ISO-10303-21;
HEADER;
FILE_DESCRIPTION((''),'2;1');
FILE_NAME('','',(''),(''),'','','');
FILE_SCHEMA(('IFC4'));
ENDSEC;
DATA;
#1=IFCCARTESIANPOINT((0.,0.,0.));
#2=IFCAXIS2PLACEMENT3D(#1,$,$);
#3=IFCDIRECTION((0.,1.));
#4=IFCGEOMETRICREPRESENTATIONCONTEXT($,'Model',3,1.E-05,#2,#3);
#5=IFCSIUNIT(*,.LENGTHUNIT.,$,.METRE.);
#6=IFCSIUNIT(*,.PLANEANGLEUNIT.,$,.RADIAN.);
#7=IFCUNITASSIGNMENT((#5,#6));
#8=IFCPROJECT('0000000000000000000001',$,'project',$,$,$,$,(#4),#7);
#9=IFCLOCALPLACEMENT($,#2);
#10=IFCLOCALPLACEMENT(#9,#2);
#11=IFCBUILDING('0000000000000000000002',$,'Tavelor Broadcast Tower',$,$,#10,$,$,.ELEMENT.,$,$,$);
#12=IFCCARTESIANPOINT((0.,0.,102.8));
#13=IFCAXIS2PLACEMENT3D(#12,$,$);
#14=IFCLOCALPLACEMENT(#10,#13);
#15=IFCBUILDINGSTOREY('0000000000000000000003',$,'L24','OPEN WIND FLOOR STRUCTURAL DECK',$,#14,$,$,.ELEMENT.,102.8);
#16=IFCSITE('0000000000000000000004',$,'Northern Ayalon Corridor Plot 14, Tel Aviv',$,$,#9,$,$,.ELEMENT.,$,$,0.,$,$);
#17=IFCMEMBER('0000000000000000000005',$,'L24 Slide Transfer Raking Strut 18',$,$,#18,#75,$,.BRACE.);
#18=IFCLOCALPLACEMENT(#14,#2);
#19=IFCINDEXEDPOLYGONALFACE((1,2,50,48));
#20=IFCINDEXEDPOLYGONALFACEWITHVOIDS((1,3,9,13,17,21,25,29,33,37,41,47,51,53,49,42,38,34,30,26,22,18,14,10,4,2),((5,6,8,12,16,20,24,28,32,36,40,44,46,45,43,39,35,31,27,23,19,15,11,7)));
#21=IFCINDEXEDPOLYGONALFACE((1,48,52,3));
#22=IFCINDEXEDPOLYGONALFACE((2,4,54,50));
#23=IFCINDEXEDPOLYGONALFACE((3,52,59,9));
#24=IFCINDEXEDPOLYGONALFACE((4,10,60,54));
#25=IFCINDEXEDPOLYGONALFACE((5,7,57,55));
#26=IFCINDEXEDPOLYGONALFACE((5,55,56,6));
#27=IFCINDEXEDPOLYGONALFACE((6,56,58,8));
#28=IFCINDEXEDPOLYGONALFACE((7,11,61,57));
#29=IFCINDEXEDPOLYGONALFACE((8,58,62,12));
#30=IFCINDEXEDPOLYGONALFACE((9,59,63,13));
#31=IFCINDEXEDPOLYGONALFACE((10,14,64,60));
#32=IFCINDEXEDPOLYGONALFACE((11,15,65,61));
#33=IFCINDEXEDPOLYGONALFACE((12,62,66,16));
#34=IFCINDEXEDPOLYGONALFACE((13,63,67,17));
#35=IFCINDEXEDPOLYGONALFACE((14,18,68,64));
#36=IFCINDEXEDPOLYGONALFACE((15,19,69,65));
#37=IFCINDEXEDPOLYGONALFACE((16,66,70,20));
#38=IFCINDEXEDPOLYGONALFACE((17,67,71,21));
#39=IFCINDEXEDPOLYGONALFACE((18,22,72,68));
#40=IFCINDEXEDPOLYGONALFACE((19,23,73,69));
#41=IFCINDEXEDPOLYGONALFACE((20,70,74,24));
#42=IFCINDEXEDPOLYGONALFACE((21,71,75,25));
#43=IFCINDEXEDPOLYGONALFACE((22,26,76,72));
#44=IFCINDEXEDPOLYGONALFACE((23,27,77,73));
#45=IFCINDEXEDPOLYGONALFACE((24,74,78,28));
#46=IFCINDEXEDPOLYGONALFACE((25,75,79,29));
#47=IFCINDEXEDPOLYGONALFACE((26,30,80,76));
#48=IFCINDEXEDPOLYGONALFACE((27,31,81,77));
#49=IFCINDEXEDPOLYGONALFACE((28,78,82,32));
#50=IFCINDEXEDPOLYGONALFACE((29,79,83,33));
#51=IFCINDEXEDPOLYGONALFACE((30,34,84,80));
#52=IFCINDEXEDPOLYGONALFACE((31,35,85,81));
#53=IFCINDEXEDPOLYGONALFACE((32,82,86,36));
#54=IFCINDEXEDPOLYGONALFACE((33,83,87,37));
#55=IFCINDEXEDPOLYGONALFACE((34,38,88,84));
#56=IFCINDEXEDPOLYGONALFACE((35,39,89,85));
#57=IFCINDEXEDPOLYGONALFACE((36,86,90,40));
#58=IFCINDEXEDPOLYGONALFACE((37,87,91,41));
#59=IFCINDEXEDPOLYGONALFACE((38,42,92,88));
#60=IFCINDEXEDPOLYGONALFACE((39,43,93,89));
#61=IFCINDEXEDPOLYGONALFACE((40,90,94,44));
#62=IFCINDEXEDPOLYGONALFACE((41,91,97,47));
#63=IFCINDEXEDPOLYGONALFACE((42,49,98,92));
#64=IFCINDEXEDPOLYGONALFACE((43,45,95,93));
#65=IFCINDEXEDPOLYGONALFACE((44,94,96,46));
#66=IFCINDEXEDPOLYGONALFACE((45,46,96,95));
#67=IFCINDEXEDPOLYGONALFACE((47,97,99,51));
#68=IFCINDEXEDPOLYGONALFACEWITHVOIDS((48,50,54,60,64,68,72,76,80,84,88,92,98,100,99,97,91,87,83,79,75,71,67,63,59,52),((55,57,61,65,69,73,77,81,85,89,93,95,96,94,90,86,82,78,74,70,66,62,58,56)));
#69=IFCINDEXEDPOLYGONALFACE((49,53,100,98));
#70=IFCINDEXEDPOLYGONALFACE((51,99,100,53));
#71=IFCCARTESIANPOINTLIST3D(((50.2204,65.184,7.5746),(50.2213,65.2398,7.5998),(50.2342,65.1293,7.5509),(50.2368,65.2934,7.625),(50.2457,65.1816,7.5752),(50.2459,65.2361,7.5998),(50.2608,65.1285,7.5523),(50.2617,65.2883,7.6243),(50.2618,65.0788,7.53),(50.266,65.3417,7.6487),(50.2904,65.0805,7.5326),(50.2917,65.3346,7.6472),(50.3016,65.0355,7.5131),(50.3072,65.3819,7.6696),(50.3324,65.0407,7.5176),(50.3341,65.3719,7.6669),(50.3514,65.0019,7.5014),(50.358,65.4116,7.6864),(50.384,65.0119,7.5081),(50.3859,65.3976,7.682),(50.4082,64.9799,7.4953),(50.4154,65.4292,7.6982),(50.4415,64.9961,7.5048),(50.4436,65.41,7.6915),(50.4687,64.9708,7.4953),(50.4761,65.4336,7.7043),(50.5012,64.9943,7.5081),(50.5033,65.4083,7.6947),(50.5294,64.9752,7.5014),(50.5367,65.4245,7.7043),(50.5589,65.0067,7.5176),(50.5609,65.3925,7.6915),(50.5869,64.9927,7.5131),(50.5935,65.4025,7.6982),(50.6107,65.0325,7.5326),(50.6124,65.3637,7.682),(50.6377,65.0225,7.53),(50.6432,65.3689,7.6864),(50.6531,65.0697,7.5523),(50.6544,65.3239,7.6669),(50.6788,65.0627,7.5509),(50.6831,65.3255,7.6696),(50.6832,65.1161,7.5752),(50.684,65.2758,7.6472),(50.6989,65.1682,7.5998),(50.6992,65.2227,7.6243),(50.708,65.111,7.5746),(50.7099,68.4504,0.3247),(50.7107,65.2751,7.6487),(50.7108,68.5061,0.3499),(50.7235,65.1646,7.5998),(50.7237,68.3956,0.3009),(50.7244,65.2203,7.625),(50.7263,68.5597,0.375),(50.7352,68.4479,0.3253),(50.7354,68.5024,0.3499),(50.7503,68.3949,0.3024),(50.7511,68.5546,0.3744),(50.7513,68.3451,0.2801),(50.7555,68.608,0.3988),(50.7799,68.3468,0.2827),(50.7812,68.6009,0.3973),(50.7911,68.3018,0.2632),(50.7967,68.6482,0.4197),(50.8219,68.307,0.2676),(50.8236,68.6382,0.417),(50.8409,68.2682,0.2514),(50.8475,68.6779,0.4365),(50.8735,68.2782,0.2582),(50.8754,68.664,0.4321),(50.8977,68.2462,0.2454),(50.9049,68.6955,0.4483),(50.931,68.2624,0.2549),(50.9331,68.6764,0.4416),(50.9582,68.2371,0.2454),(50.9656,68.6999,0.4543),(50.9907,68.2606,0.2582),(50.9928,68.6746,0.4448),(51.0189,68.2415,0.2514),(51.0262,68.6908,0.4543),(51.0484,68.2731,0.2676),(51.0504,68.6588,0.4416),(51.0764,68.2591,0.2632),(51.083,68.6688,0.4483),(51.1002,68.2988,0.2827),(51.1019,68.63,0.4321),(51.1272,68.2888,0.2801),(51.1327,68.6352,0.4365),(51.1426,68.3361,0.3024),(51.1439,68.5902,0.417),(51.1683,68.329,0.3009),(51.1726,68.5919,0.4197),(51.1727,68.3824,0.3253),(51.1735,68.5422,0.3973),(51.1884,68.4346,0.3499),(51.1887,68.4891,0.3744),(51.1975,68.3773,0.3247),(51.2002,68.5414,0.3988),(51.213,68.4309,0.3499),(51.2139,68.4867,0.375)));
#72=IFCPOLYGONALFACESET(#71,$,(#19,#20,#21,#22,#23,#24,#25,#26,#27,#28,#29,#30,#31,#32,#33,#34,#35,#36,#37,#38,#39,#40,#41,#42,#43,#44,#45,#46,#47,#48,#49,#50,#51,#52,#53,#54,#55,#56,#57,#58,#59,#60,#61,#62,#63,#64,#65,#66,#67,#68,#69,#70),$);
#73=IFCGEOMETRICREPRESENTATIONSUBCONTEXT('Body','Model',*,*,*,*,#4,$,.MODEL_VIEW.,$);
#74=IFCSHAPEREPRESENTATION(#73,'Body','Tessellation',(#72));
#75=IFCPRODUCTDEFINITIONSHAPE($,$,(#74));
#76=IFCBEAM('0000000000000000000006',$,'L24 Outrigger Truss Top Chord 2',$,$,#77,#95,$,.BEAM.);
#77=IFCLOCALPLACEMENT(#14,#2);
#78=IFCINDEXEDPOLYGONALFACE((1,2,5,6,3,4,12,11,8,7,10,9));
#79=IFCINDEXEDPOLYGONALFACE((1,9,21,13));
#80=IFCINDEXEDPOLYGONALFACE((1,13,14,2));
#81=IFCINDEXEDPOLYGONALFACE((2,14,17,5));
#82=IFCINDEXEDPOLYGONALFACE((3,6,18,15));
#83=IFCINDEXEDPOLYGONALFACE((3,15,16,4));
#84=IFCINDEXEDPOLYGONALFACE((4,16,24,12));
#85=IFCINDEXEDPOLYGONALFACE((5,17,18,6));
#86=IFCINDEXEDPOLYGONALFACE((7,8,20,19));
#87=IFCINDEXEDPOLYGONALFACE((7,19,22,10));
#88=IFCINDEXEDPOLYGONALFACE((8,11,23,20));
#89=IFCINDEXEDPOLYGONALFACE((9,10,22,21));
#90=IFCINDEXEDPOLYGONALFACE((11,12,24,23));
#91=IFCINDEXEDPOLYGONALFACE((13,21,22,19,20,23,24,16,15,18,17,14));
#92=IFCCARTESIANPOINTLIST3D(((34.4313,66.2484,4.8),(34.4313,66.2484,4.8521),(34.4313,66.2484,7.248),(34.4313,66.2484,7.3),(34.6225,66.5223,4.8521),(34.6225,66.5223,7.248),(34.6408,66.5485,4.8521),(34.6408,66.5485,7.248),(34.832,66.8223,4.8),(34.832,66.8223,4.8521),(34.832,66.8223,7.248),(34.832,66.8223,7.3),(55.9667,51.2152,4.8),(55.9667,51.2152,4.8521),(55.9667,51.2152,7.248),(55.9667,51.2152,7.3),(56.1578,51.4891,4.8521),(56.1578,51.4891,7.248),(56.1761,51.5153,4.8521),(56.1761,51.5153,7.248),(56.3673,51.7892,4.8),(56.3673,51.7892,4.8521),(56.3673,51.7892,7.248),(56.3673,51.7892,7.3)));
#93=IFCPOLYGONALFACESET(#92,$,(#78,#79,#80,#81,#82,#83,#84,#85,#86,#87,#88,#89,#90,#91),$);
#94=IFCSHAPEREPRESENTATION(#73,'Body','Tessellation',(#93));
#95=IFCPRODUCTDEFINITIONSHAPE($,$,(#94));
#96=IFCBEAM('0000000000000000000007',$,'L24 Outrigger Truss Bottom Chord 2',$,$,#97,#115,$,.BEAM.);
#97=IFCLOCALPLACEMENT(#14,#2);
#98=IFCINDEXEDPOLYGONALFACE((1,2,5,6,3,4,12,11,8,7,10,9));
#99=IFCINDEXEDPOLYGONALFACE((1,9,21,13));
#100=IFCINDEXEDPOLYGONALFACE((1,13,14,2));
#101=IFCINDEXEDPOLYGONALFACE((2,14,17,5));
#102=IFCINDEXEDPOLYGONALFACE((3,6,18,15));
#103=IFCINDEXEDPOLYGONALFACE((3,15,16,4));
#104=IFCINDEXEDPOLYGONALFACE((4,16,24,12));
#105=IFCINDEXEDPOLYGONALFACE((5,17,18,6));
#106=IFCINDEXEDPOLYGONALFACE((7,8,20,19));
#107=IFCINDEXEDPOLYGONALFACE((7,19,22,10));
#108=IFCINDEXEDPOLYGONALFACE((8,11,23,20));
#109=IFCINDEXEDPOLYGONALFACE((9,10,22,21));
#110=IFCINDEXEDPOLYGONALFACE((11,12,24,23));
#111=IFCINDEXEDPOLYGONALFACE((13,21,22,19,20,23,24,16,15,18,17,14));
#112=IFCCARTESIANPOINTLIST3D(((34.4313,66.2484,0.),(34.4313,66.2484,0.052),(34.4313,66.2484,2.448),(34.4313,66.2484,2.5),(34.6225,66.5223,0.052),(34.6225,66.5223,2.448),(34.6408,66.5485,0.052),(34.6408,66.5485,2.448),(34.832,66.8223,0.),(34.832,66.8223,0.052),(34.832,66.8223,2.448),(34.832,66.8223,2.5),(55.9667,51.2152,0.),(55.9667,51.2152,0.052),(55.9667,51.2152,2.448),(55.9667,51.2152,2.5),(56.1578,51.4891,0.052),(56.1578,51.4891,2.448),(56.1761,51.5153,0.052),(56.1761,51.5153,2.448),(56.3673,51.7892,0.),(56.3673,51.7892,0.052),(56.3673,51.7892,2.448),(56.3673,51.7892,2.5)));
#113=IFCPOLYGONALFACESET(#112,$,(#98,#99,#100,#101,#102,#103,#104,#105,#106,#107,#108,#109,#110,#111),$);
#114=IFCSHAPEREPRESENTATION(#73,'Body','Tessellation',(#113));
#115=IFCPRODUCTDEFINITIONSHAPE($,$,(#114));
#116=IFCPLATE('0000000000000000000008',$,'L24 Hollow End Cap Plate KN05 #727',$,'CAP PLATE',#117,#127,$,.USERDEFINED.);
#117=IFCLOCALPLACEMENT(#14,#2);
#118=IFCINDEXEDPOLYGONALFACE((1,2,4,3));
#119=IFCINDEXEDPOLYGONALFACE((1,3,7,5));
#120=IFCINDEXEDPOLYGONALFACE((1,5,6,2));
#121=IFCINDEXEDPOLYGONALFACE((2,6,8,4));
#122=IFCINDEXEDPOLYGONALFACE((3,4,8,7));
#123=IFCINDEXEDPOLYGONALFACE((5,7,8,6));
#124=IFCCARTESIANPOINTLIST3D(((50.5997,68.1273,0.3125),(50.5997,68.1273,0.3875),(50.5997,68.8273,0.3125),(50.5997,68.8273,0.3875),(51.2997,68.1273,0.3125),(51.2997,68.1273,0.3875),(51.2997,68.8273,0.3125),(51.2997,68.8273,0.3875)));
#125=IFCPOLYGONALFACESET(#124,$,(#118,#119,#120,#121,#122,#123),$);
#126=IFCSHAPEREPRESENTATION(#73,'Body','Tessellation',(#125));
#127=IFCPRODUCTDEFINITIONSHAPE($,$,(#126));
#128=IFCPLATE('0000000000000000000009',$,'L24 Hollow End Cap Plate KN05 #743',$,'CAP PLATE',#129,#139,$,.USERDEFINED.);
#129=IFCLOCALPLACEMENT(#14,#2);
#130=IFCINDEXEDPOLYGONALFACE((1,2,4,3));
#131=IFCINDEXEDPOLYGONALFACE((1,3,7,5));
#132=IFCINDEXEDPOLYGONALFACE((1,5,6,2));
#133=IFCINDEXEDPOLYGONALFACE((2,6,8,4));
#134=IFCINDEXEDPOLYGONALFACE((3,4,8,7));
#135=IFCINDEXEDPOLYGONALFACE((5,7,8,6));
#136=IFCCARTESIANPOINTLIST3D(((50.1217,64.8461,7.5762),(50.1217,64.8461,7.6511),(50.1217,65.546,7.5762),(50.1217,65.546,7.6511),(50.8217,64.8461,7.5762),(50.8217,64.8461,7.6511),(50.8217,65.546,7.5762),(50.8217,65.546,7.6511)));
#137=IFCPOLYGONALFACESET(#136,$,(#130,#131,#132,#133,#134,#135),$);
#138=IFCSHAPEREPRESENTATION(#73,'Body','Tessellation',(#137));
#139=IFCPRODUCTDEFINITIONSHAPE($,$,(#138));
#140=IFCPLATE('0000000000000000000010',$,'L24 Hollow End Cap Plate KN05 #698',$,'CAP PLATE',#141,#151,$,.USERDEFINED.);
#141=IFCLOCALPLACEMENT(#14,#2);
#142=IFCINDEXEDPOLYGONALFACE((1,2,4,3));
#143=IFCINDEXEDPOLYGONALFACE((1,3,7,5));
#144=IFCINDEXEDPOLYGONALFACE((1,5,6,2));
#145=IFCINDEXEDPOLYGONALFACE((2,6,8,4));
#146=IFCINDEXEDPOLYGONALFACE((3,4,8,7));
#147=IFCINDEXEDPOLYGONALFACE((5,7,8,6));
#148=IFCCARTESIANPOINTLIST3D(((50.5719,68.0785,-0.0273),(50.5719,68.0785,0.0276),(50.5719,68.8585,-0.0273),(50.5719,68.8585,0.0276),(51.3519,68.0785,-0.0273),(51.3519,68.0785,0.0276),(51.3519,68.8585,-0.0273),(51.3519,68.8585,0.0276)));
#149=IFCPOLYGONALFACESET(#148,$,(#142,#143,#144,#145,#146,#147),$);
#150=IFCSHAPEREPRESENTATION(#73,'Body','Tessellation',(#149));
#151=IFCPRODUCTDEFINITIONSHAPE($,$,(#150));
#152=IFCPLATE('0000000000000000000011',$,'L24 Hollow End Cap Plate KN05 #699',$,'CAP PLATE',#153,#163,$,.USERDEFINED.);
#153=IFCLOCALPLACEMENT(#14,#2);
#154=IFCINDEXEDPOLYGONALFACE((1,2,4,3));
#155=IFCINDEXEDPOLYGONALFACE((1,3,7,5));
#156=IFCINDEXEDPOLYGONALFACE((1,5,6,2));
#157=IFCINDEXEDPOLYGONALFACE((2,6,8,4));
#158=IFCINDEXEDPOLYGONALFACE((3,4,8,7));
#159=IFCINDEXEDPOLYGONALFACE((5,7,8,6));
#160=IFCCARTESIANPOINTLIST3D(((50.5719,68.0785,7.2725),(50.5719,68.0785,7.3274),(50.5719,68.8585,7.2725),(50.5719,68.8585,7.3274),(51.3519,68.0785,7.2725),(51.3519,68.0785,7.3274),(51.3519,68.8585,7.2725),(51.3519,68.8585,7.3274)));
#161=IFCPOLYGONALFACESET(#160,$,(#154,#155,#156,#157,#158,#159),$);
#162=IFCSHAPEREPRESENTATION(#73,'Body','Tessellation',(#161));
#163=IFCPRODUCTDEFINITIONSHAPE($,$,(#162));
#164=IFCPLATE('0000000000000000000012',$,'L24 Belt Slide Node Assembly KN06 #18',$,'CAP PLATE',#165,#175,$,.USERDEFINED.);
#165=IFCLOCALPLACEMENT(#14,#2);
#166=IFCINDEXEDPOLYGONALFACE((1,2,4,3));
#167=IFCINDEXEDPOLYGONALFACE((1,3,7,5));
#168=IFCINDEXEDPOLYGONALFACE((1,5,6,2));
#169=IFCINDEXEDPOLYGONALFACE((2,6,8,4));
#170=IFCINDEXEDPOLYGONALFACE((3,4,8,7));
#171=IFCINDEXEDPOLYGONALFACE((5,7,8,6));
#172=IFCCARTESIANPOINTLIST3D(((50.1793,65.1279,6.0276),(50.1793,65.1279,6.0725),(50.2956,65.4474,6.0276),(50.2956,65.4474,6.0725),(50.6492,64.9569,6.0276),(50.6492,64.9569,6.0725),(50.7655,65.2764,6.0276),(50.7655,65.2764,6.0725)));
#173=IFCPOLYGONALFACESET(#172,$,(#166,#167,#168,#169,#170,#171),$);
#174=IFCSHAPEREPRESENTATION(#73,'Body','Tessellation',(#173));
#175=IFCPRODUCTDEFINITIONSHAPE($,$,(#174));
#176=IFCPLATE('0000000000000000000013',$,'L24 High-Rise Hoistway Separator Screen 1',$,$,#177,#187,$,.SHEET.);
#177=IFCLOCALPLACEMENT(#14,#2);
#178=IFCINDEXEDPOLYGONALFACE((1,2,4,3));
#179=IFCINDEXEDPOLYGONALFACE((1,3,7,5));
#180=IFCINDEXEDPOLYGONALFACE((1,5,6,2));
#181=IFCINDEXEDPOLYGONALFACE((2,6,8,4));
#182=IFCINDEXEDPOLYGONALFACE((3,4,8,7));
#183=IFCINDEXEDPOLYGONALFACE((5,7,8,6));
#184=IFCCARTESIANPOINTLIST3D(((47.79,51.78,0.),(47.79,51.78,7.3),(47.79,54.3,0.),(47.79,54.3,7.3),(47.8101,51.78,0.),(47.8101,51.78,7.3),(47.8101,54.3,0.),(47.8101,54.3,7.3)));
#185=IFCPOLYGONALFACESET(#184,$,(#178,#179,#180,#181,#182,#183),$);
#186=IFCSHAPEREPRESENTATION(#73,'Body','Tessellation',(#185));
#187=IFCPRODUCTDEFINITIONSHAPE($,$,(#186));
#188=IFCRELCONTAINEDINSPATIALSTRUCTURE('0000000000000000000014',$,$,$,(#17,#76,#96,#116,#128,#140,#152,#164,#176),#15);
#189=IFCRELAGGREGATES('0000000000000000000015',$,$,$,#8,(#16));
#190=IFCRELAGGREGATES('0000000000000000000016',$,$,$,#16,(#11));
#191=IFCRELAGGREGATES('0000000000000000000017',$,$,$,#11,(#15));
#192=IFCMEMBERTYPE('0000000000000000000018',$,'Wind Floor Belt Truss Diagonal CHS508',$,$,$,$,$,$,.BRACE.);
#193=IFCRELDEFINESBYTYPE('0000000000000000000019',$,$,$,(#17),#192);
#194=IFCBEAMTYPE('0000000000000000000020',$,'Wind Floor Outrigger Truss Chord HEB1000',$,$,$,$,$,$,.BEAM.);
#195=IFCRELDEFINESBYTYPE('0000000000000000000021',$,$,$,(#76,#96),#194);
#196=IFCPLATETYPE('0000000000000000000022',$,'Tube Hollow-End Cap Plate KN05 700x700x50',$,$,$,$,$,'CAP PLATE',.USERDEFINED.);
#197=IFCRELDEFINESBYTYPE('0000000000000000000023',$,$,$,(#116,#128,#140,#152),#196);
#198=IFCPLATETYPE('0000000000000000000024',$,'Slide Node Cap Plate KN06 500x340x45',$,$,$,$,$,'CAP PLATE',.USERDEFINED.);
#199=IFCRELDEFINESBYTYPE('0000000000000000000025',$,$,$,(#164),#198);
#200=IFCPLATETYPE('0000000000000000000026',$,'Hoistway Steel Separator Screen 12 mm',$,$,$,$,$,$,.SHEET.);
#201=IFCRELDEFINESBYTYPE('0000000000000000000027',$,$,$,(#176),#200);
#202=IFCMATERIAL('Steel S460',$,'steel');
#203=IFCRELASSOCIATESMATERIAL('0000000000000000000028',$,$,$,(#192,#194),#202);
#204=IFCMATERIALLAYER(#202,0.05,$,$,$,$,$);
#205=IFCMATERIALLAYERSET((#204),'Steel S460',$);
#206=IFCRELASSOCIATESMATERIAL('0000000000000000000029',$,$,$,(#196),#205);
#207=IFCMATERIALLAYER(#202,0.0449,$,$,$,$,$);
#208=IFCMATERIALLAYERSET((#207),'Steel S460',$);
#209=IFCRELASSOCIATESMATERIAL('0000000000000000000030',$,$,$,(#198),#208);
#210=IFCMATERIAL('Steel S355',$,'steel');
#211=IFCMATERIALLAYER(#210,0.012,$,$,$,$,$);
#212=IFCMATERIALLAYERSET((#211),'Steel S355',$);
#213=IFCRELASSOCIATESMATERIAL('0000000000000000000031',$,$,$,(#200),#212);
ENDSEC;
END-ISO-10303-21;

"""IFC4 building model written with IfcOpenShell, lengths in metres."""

from ifc_helpers import new_model, si_unit, direction, frame, origin, origin_2d, place, context, subcontext, project, spatial, rectangle, hollow_circle, i_section, extrude, source, transform, mapped, material, layer, layer_set, material_profile, profile_set, type_object, type_shapes, element, save


model = new_model("IFC4")

# Units and contexts
model_context = context("Model", 3, precision=1e-05, world=origin(), true_north=direction((0.0, 1.0)))
body_context = subcontext(model_context, "Body", "Model", "MODEL_VIEW")
ifc_project = project(units=[si_unit("LENGTHUNIT", "METRE"), si_unit("PLANEANGLEUNIT", "RADIAN")], contexts=[model_context])

# Site, building, storey
site_placement = place(None, origin())
site = spatial("IfcSite", under=ifc_project, at=site_placement, Name="Northern Ayalon Corridor Plot 14, Tel Aviv", CompositionType="ELEMENT", RefElevation=0.0)
building_placement = place(site_placement, origin())
building = spatial("IfcBuilding", under=site, at=building_placement, Name="Tavelor Broadcast Tower", CompositionType="ELEMENT")
storey_placement = place(building_placement, frame((0.0, 0.0, 102.8)))
storey = spatial("IfcBuildingStorey", under=building, at=storey_placement, Name="L24", Description="OPEN WIND FLOOR STRUCTURAL DECK", CompositionType="ELEMENT", Elevation=102.8)

# Shared definitions
ifc_material_1 = material(Name="Steel S460", Category="steel")

# Member
ifc_material_profile_1 = material_profile(ifc_material_1, hollow_circle(Radius=0.2539, WallThickness=0.0249, at=origin_2d()), Name="CHS 508x25")
ifc_profile_set_1 = profile_set([ifc_material_profile_1], Name="Steel S460")
member_type_1 = type_object("IfcMemberType", Name="Wind Floor Belt Truss Diagonal CHS508", PredefinedType="BRACE", material=ifc_profile_set_1)
member_1_placement = place(storey_placement, frame((50.9619, 68.4685, 0.3499), z_axis=(-0.061442, -0.409992, 0.910017), x_axis=(0.988956, -0.148207, 0.0)))
element("IfcMember", 1, at=member_1_placement, inside=storey, type_object=member_type_1, Name="L24 Slide Transfer Raking Strut 18", PredefinedType="BRACE", context=body_context, shape_type="SweptSolid", body=[
    extrude(hollow_circle(Radius=0.2539, WallThickness=0.0249, at=origin_2d()), origin(), (0.0, 0.0, 1.0), 7.9668),
])

# Beams
ifc_material_profile_2 = material_profile(ifc_material_1, i_section(OverallWidth=0.7, OverallDepth=2.5, WebThickness=0.032, FlangeThickness=0.052, at=origin_2d()), Name="PG 2500x700")
ifc_profile_set_2 = profile_set([ifc_material_profile_2], Name="Steel S460")
beam_type_1 = type_object("IfcBeamType", Name="Wind Floor Outrigger Truss Chord HEB1000", PredefinedType="BEAM", material=ifc_profile_set_2)
for number, where, z_axis, x_axis, name in (
    (2, (56.167, 51.5022, 6.05), (-0.819975, 0.572399, 0.0), (-0.572399, -0.819975, 0.0), "L24 Outrigger Truss Top Chord 2"),
    (3, (56.167, 51.5022, 1.25), (-0.819975, 0.572399, 0.0), (-0.572399, -0.819975, 0.0), "L24 Outrigger Truss Bottom Chord 2"),
):
    element("IfcBeam", number, at=place(storey_placement, frame(where, z_axis=z_axis, x_axis=x_axis)), inside=storey, type_object=beam_type_1, Name=name, PredefinedType="BEAM", context=body_context, shape_type="SweptSolid", body=[
        extrude(i_section(OverallWidth=0.7, OverallDepth=2.5, WebThickness=0.032, FlangeThickness=0.052, at=origin_2d()), origin(), (0.0, 0.0, 1.0), 26.2634),
    ])

# Plates
ifc_layer_1 = layer(ifc_material_1, 0.05)
ifc_layer_set_1 = layer_set([ifc_layer_1], Name="Steel S460")
plate_type_1 = type_object("IfcPlateType", Name="Tube Hollow-End Cap Plate KN05 700x700x50", ElementType="CAP PLATE", PredefinedType="USERDEFINED", material=ifc_layer_set_1)
shared_shape_1 = source(origin(), body_context, "Body", "SweptSolid", [
    extrude(rectangle(XDim=0.7, YDim=0.7, at=origin_2d()), origin(), (0.0, 0.0, 1.0), 0.075),
])
for number, where, z_axis, x_axis, name in (
    (4, (50.9497, 68.4773, 0.3125), (0.0, 0.0, 1.0), (1.0, 0.0, 0.0), "L24 Hollow End Cap Plate KN05 #727"),
    (5, (50.4717, 65.196, 7.5762), (0.0, 0.0, 1.0), (1.0, 0.0, 0.0), "L24 Hollow End Cap Plate KN05 #743"),
):
    element("IfcPlate", number, at=place(storey_placement, frame(where, z_axis=z_axis, x_axis=x_axis)), inside=storey, type_object=plate_type_1, Name=name, ObjectType="CAP PLATE", PredefinedType="USERDEFINED", context=body_context, shape_type="MappedRepresentation", body=[
        mapped(shared_shape_1, transform((0.0, 0.0, 0.0), scale=1.0)),
    ])
shared_shape_2 = source(origin(), body_context, "Body", "SweptSolid", [
    extrude(rectangle(XDim=0.78, YDim=0.78, at=origin_2d()), origin(), (0.0, 0.0, 1.0), 0.0549),
])
type_shapes(plate_type_1, [shared_shape_1, shared_shape_2])
for number, where, z_axis, x_axis, name in (
    (6, (50.9619, 68.4685, -0.0273), (0.0, 0.0, 1.0), (1.0, 0.0, 0.0), "L24 Hollow End Cap Plate KN05 #698"),
    (7, (50.9619, 68.4685, 7.2725), (0.0, 0.0, 1.0), (1.0, 0.0, 0.0), "L24 Hollow End Cap Plate KN05 #699"),
):
    element("IfcPlate", number, at=place(storey_placement, frame(where, z_axis=z_axis, x_axis=x_axis)), inside=storey, type_object=plate_type_1, Name=name, ObjectType="CAP PLATE", PredefinedType="USERDEFINED", context=body_context, shape_type="MappedRepresentation", body=[
        mapped(shared_shape_2, transform((0.0, 0.0, 0.0), scale=1.0)),
    ])
ifc_layer_2 = layer(ifc_material_1, 0.0449)
ifc_layer_set_2 = layer_set([ifc_layer_2], Name="Steel S460")
plate_type_2 = type_object("IfcPlateType", Name="Slide Node Cap Plate KN06 500x340x45", ElementType="CAP PLATE", PredefinedType="USERDEFINED", material=ifc_layer_set_2)
shared_shape_3 = source(origin(), body_context, "Body", "SweptSolid", [
    extrude(rectangle(XDim=0.5, YDim=0.3401, at=origin_2d()), origin(), (0.0, 0.0, 1.0), 0.0449),
])
type_shapes(plate_type_2, [shared_shape_3])
plate_placement = place(storey_placement, frame((50.4724, 65.2021, 6.0276), z_axis=(0.0, 0.0, 1.0), x_axis=(0.939693, -0.34202, 0.0)))
element("IfcPlate", 8, at=plate_placement, inside=storey, type_object=plate_type_2, Name="L24 Belt Slide Node Assembly KN06 #18", ObjectType="CAP PLATE", PredefinedType="USERDEFINED", context=body_context, shape_type="MappedRepresentation", body=[
    mapped(shared_shape_3, transform((0.0, 0.0, 0.0), scale=1.0)),
])
ifc_material_2 = material(Name="Steel S355", Category="steel")
ifc_layer_3 = layer(ifc_material_2, 0.012)
ifc_layer_set_3 = layer_set([ifc_layer_3], Name="Steel S355")
plate_type_3 = type_object("IfcPlateType", Name="Hoistway Steel Separator Screen 12 mm", PredefinedType="SHEET", material=ifc_layer_set_3)
shared_shape_4 = source(origin(), body_context, "Body", "SweptSolid", [
    extrude(rectangle(XDim=0.02, YDim=2.52, at=origin_2d()), origin(), (0.0, 0.0, 1.0), 7.3),
])
type_shapes(plate_type_3, [shared_shape_4])
for number, where, z_axis, x_axis, name in (
    (9, (47.8, 53.04, 0.0), (0.0, 0.0, 1.0), (1.0, 0.0, 0.0), "L24 High-Rise Hoistway Separator Screen 1"),
):
    element("IfcPlate", number, at=place(storey_placement, frame(where, z_axis=z_axis, x_axis=x_axis)), inside=storey, type_object=plate_type_3, Name=name, PredefinedType="SHEET", context=body_context, shape_type="MappedRepresentation", body=[
        mapped(shared_shape_4, transform((0.0, 0.0, 0.0), scale=1.0)),
    ])

save(model, "model.ifc")
